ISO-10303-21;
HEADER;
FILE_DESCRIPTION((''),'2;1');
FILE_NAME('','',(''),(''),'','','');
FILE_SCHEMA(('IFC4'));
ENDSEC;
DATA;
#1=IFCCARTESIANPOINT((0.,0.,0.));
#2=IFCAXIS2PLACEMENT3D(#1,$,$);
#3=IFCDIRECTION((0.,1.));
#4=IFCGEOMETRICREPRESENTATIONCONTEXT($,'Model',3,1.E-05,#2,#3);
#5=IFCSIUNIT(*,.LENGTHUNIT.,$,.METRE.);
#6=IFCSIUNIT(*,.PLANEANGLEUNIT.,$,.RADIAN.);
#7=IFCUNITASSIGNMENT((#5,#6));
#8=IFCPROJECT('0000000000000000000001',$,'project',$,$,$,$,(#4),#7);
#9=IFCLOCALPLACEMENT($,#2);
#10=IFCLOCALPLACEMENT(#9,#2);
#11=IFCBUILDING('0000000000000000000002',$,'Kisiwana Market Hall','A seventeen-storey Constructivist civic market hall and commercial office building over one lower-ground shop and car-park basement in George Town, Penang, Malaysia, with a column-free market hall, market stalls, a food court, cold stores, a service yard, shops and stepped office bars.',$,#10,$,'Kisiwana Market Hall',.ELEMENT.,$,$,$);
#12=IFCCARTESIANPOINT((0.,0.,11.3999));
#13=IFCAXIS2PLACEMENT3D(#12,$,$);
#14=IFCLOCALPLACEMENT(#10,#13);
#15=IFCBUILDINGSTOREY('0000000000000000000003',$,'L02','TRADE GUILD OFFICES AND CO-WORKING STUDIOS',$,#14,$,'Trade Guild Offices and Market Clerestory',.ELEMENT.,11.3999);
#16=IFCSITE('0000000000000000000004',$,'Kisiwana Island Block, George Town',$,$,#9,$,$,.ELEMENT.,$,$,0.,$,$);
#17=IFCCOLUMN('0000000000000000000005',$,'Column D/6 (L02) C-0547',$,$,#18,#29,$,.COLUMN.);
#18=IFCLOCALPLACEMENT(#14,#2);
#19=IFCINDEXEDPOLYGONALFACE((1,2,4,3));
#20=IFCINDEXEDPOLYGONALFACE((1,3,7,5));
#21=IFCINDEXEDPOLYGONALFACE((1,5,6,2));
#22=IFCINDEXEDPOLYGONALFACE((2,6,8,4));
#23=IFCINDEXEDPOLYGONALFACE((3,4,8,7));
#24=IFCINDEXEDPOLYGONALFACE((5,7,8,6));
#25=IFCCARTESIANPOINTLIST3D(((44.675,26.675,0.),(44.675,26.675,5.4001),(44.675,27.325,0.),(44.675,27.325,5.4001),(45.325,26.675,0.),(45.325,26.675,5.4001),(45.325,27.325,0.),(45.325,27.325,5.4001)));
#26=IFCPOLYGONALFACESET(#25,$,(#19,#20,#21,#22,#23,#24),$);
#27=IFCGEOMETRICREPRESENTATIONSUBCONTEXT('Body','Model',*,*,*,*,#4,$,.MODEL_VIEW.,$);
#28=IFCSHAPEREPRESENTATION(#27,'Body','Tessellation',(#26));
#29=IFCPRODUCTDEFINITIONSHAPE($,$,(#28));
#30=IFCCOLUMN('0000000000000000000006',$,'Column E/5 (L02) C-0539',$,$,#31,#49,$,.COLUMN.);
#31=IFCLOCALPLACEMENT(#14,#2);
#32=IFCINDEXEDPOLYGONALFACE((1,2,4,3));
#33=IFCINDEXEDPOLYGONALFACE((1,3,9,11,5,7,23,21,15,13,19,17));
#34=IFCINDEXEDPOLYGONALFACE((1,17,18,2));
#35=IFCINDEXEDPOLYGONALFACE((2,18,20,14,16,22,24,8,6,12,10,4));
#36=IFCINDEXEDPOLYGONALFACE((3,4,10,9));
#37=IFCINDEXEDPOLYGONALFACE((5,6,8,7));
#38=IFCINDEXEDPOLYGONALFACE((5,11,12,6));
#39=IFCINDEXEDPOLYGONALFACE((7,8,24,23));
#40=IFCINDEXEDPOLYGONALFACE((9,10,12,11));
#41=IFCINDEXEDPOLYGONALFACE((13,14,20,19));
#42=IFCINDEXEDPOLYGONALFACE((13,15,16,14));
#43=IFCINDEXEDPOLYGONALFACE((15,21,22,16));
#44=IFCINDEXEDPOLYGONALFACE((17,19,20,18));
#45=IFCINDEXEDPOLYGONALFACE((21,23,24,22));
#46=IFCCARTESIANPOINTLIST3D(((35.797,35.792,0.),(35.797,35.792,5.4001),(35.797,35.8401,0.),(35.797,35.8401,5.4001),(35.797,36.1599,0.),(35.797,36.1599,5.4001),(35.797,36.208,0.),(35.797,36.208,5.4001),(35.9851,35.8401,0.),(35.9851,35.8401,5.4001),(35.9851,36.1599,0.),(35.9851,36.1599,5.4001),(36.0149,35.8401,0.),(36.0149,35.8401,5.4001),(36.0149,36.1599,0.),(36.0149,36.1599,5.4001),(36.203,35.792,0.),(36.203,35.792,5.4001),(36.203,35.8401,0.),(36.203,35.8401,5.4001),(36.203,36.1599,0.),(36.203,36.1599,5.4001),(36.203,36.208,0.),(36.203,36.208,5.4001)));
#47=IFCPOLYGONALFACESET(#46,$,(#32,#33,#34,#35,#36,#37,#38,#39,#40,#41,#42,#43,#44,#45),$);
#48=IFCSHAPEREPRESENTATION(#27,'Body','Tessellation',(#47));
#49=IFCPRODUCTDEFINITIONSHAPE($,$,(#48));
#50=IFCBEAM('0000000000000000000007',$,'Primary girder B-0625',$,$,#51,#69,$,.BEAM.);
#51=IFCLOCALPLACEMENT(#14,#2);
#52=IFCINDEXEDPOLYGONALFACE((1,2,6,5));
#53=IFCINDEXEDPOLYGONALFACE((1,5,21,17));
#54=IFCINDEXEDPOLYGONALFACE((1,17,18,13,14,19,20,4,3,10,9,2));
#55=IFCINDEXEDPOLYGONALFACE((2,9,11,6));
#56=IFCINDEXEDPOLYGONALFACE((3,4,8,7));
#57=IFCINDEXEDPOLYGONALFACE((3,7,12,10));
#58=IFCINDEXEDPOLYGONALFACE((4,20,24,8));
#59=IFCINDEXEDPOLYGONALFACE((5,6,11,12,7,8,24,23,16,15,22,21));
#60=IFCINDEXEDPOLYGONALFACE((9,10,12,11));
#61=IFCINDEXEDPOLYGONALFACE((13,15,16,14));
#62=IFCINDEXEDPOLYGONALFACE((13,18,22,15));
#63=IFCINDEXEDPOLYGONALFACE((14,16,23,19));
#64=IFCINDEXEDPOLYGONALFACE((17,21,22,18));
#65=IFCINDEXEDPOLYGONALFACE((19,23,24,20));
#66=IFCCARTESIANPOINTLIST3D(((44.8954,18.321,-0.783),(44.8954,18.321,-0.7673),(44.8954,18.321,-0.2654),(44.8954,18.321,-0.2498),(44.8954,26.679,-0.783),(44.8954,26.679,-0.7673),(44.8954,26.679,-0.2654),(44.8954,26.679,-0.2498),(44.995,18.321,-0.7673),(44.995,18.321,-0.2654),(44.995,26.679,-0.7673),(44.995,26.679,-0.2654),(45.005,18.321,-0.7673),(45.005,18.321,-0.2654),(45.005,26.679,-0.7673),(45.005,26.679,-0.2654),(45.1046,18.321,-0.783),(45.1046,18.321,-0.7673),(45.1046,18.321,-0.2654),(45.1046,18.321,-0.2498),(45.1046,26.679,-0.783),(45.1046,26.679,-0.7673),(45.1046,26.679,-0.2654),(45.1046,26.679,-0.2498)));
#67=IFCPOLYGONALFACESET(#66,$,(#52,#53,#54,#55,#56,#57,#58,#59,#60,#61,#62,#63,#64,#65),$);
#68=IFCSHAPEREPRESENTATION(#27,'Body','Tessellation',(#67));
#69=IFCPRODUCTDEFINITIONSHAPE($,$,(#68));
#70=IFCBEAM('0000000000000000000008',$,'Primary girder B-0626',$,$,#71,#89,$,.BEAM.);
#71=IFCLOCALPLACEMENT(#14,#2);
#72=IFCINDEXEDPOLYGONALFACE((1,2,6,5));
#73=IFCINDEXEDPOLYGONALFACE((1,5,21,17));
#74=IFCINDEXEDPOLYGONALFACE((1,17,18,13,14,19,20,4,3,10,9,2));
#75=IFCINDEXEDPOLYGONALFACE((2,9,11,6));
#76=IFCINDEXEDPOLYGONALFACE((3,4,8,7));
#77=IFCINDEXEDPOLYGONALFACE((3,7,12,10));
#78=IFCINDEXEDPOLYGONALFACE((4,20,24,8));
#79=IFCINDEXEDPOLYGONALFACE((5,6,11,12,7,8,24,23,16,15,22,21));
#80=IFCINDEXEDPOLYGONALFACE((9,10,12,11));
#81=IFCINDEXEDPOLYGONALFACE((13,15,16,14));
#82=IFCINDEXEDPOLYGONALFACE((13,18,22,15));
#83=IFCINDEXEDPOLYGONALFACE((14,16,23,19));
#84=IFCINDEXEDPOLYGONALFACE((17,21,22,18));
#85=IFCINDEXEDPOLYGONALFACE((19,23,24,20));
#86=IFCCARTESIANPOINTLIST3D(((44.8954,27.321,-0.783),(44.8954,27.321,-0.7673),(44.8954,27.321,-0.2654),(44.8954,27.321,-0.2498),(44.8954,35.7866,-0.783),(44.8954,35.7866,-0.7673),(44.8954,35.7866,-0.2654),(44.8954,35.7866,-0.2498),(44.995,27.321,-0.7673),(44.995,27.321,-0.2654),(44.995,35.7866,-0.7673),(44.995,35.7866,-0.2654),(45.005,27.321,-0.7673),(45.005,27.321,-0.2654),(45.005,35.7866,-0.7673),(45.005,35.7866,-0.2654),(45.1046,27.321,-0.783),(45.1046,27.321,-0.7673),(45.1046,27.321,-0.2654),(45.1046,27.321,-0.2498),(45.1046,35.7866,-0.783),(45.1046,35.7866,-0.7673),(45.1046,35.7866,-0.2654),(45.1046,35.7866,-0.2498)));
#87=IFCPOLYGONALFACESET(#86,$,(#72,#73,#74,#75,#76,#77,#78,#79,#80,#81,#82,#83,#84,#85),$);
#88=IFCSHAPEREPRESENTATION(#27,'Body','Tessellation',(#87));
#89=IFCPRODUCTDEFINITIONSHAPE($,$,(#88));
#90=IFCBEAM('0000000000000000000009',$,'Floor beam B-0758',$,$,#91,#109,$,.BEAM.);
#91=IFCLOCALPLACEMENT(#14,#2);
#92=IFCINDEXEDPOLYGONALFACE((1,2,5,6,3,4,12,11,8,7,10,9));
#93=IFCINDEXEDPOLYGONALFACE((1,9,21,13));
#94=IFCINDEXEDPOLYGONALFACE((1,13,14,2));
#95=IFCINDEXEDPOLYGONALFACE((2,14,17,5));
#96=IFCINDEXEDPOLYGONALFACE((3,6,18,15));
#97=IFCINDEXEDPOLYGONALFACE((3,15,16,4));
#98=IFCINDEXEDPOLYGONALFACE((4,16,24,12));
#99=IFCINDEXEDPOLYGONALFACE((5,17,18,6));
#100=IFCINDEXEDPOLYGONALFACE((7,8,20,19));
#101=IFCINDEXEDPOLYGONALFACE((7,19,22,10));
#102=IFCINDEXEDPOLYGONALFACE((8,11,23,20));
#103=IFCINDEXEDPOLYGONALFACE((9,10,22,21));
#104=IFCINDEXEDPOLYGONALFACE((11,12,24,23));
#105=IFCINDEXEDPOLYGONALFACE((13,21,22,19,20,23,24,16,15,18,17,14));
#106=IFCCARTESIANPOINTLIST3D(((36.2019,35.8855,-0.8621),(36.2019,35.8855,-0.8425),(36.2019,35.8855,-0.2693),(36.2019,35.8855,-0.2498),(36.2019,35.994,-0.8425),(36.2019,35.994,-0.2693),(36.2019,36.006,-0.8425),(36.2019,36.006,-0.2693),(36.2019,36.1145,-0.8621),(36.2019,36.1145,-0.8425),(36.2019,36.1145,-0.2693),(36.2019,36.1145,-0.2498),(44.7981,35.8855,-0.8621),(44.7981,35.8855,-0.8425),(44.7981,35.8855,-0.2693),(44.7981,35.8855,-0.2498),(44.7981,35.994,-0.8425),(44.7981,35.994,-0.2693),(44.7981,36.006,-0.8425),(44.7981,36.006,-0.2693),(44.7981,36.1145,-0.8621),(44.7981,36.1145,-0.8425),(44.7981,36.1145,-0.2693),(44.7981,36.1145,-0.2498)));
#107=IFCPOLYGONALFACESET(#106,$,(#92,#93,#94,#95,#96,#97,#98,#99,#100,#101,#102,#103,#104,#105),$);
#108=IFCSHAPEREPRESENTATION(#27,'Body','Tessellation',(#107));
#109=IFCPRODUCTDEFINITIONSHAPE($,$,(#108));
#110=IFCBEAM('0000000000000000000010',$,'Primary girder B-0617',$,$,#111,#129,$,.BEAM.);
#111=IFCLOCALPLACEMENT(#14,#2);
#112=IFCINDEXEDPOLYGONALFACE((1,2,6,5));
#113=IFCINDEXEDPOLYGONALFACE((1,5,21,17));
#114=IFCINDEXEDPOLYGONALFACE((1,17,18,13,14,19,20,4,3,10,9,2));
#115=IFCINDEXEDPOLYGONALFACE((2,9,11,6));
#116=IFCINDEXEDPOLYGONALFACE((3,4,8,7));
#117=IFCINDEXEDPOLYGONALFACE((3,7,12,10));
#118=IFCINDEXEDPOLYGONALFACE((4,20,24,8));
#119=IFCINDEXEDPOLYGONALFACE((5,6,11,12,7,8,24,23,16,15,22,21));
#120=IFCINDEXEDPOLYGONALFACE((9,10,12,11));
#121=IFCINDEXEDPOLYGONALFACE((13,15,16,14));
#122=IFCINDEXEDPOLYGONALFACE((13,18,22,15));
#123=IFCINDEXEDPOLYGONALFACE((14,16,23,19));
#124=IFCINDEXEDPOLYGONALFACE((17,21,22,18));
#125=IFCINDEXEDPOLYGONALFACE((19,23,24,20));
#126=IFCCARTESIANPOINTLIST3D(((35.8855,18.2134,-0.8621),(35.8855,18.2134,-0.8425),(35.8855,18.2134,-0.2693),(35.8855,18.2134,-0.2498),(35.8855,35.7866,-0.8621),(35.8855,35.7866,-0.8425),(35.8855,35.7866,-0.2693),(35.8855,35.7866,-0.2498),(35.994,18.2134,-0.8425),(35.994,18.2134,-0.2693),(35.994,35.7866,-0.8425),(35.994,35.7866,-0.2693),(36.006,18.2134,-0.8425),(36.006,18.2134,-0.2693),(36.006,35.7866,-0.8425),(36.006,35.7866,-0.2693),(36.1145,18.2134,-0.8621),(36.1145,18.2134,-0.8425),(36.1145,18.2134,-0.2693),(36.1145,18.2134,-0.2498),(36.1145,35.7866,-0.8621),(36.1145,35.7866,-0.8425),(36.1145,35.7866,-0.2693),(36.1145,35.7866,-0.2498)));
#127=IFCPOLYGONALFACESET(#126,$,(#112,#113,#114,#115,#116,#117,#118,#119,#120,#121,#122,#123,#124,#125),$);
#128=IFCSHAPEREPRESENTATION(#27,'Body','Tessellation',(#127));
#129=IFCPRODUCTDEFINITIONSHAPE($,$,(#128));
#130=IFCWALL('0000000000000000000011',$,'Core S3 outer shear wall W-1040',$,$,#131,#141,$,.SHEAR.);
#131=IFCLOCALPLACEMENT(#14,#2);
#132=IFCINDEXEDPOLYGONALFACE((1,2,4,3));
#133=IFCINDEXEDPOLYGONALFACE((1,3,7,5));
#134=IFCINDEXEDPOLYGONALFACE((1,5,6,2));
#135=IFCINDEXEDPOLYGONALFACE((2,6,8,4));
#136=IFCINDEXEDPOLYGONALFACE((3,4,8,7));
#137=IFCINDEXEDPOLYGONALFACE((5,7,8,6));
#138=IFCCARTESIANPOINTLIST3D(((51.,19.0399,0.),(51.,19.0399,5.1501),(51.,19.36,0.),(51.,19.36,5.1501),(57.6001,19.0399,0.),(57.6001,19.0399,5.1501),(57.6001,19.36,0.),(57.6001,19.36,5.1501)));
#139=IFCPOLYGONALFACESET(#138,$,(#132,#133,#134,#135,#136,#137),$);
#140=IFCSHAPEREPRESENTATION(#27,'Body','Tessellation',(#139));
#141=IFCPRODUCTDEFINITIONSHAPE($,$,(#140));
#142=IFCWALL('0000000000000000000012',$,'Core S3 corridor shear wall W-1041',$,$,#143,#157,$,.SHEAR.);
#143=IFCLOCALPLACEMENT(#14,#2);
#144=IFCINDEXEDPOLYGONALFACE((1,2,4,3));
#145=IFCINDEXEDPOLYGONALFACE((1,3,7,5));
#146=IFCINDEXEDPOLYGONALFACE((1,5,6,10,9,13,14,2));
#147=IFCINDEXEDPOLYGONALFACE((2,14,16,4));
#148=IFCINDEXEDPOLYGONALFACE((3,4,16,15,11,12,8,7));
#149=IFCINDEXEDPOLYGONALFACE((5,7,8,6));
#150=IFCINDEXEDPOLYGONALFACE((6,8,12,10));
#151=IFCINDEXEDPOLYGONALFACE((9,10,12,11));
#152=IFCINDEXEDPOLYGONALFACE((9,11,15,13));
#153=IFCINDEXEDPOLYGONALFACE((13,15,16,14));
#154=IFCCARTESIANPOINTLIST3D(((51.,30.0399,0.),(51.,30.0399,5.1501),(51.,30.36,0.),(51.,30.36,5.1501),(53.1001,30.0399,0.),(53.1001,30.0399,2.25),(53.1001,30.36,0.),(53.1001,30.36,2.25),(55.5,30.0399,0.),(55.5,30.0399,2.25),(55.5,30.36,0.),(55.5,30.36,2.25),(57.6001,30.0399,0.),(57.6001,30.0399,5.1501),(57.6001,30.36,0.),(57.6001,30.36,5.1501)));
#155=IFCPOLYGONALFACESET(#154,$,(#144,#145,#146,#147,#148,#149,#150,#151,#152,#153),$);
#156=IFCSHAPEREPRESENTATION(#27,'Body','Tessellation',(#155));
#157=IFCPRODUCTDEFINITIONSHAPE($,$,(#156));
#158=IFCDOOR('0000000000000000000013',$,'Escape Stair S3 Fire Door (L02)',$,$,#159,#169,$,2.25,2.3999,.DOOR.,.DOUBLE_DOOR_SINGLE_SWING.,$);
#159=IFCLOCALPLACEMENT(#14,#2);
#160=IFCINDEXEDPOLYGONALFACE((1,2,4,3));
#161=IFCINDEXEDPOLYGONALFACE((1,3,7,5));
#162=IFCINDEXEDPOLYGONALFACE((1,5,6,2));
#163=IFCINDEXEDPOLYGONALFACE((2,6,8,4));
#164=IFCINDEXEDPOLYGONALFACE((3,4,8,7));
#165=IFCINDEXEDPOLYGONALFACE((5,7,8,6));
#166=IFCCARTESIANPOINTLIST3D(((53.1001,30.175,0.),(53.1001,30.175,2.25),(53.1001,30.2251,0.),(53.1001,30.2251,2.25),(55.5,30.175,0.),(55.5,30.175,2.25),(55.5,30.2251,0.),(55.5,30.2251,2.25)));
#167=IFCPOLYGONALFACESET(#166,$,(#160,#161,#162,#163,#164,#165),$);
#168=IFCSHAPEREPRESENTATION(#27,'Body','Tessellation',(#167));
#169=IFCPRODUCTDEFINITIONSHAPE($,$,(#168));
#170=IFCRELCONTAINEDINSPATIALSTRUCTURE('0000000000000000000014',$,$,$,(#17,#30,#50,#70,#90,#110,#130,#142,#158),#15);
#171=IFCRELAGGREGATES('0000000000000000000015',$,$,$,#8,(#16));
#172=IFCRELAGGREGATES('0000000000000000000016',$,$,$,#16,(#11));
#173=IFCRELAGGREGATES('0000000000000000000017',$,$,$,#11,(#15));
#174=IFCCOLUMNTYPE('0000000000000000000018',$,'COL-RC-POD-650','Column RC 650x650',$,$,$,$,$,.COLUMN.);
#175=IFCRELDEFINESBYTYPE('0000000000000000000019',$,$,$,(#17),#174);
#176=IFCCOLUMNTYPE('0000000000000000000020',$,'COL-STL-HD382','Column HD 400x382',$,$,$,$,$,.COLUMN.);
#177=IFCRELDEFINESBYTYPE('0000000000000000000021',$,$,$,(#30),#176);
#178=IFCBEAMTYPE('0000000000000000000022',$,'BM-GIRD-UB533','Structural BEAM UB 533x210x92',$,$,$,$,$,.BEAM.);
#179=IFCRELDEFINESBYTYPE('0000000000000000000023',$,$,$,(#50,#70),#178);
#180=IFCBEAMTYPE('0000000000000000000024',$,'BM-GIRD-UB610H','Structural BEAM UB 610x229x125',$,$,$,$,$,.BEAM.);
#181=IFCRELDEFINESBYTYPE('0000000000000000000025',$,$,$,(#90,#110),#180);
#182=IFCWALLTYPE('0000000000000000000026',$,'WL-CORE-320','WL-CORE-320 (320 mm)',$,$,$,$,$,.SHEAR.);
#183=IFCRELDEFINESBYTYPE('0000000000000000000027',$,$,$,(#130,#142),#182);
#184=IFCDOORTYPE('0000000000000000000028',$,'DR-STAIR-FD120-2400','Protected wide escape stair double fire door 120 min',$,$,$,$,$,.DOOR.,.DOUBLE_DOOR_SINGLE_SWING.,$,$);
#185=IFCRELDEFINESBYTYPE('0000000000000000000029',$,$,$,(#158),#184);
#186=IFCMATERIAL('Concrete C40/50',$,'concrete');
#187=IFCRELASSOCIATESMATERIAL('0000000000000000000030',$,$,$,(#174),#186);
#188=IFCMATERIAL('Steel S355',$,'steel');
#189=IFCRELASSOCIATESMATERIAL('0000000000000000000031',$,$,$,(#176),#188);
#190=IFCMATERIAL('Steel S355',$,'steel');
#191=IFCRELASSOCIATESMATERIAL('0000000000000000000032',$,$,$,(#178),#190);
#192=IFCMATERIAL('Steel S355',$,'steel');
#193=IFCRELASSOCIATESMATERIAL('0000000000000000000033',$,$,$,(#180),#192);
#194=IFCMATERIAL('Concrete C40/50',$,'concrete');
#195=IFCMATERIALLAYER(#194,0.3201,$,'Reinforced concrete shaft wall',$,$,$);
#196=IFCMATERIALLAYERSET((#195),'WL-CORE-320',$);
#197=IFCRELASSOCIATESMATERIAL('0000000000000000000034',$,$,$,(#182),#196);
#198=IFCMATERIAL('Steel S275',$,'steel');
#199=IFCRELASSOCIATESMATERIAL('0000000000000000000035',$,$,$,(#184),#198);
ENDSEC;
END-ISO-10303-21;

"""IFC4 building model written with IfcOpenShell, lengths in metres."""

from ifc_helpers import new_model, si_unit, direction, frame, frame_2d, origin, origin_2d, place, context, subcontext, project, spatial, rectangle, i_section, extrude, material, layer, layer_set, material_profile, profile_set, type_object, element, fill, save


model = new_model("IFC4")

# Units and contexts
model_context = context("Model", 3, precision=1e-05, world=origin(), true_north=direction((0.0, 1.0)))
body_context = subcontext(model_context, "Body", "Model", "MODEL_VIEW")
ifc_project = project(units=[si_unit("LENGTHUNIT", "METRE"), si_unit("PLANEANGLEUNIT", "RADIAN")], contexts=[model_context])

# Site, building, storey
site_placement = place(None, origin())
site = spatial("IfcSite", under=ifc_project, at=site_placement, Name="Kisiwana Island Block, George Town", CompositionType="ELEMENT", RefElevation=0.0)
building_placement = place(site_placement, origin())
building = spatial("IfcBuilding", under=site, at=building_placement, Name="Kisiwana Market Hall", Description="A seventeen-storey Constructivist civic market hall and commercial office building over one lower-ground shop and car-park basement in George Town, Penang, Malaysia, with a column-free market hall, market stalls, a food court, cold stores, a service yard, shops and stepped office bars.", LongName="Kisiwana Market Hall", CompositionType="ELEMENT")
storey_placement = place(building_placement, frame((0.0, 0.0, 11.3999)))
storey = spatial("IfcBuildingStorey", under=building, at=storey_placement, Name="L02", Description="TRADE GUILD OFFICES AND CO-WORKING STUDIOS", LongName="Trade Guild Offices and Market Clerestory", CompositionType="ELEMENT", Elevation=11.3999)

# Columns
ifc_material_1 = material(Name="Concrete C40/50", Category="concrete")
ifc_material_profile_1 = material_profile(ifc_material_1, rectangle(XDim=0.6499, YDim=0.6499, at=origin_2d()), Name="RC 650x650")
ifc_profile_set_1 = profile_set([ifc_material_profile_1], Name="Concrete C40/50")
column_type_1 = type_object("IfcColumnType", Name="COL-RC-POD-650", Description="Column RC 650x650", PredefinedType="COLUMN", material=ifc_profile_set_1)
column_1_placement = place(storey_placement, frame((45.0, 27.0, 0.0), z_axis=(0.0, 0.0, 1.0), x_axis=(1.0, 0.0, 0.0)))
element("IfcColumn", 1, at=column_1_placement, inside=storey, type_object=column_type_1, Name="Column D/6 (L02) C-0547", PredefinedType="COLUMN", context=body_context, shape_type="SweptSolid", body=[
    extrude(rectangle(XDim=0.6499, YDim=0.6499, at=origin_2d()), origin(), (0.0, 0.0, 1.0), 5.4001),
])
ifc_material_2 = material(Name="Steel S355", Category="steel")
ifc_material_profile_2 = material_profile(ifc_material_2, i_section(OverallWidth=0.406, OverallDepth=0.416, WebThickness=0.0298, FlangeThickness=0.0481, at=origin_2d()), Name="HD 400x382")
ifc_profile_set_2 = profile_set([ifc_material_profile_2], Name="Steel S355")
column_type_2 = type_object("IfcColumnType", Name="COL-STL-HD382", Description="Column HD 400x382", PredefinedType="COLUMN", material=ifc_profile_set_2)
column_2_placement = place(storey_placement, frame((36.0, 36.0, 0.0), z_axis=(0.0, 0.0, 1.0), x_axis=(1.0, 0.0, 0.0)))
element("IfcColumn", 2, at=column_2_placement, inside=storey, type_object=column_type_2, Name="Column E/5 (L02) C-0539", PredefinedType="COLUMN", context=body_context, shape_type="SweptSolid", body=[
    extrude(i_section(OverallWidth=0.406, OverallDepth=0.416, WebThickness=0.0298, FlangeThickness=0.0481, at=origin_2d()), origin(), (0.0, 0.0, 1.0), 5.4001),
])

# Beams
ifc_material_3 = material(Name="Steel S355", Category="steel")
ifc_material_profile_3 = material_profile(ifc_material_3, i_section(OverallWidth=0.2092, OverallDepth=0.5332, WebThickness=0.01, FlangeThickness=0.0156, at=origin_2d()), Name="UB 533x210x92")
ifc_profile_set_3 = profile_set([ifc_material_profile_3], Name="Steel S355")
beam_type_1 = type_object("IfcBeamType", Name="BM-GIRD-UB533", Description="Structural BEAM UB 533x210x92", PredefinedType="BEAM", material=ifc_profile_set_3)
beam_1_placement = place(storey_placement, frame((45.0, 18.321, -0.5164), z_axis=(0.0, 1.0, 0.0), x_axis=(-1.0, 0.0, 0.0)))
element("IfcBeam", 3, at=beam_1_placement, inside=storey, type_object=beam_type_1, Name="Primary girder B-0625", PredefinedType="BEAM", context=body_context, shape_type="SweptSolid", body=[
    extrude(i_section(OverallWidth=0.2092, OverallDepth=0.5332, WebThickness=0.01, FlangeThickness=0.0156, at=origin_2d()), origin(), (0.0, 0.0, 1.0), 8.3579),
])
beam_2_placement = place(storey_placement, frame((45.0, 27.321, -0.5164), z_axis=(0.0, 1.0, 0.0), x_axis=(-1.0, 0.0, 0.0)))
element("IfcBeam", 4, at=beam_2_placement, inside=storey, type_object=beam_type_1, Name="Primary girder B-0626", PredefinedType="BEAM", context=body_context, shape_type="SweptSolid", body=[
    extrude(i_section(OverallWidth=0.2092, OverallDepth=0.5332, WebThickness=0.01, FlangeThickness=0.0156, at=origin_2d()), origin(), (0.0, 0.0, 1.0), 8.4656),
])
ifc_material_4 = material(Name="Steel S355", Category="steel")
ifc_material_profile_4 = material_profile(ifc_material_4, i_section(OverallWidth=0.229, OverallDepth=0.6123, WebThickness=0.012, FlangeThickness=0.0195, at=origin_2d()), Name="UB 610x229x125")
ifc_profile_set_4 = profile_set([ifc_material_profile_4], Name="Steel S355")
beam_type_2 = type_object("IfcBeamType", Name="BM-GIRD-UB610H", Description="Structural BEAM UB 610x229x125", PredefinedType="BEAM", material=ifc_profile_set_4)
beam_3_placement = place(storey_placement, frame((36.2019, 36.0, -0.5559), z_axis=(1.0, 0.0, 0.0), x_axis=(0.0, 1.0, 0.0)))
element("IfcBeam", 5, at=beam_3_placement, inside=storey, type_object=beam_type_2, Name="Floor beam B-0758", PredefinedType="BEAM", context=body_context, shape_type="SweptSolid", body=[
    extrude(i_section(OverallWidth=0.229, OverallDepth=0.6123, WebThickness=0.012, FlangeThickness=0.0195, at=origin_2d()), origin(), (0.0, 0.0, 1.0), 8.5962),
])
beam_4_placement = place(storey_placement, frame((36.0, 18.2134, -0.5559), z_axis=(0.0, 1.0, 0.0), x_axis=(-1.0, 0.0, 0.0)))
element("IfcBeam", 6, at=beam_4_placement, inside=storey, type_object=beam_type_2, Name="Primary girder B-0617", PredefinedType="BEAM", context=body_context, shape_type="SweptSolid", body=[
    extrude(i_section(OverallWidth=0.229, OverallDepth=0.6123, WebThickness=0.012, FlangeThickness=0.0195, at=origin_2d()), origin(), (0.0, 0.0, 1.0), 17.5732),
])

# Wall
ifc_material_5 = material(Name="Concrete C40/50", Category="concrete")
ifc_layer_1 = layer(ifc_material_5, 0.3201, Name="Reinforced concrete shaft wall")
ifc_layer_set_1 = layer_set([ifc_layer_1], Name="WL-CORE-320")
wall_type_1 = type_object("IfcWallType", Name="WL-CORE-320", Description="WL-CORE-320 (320 mm)", PredefinedType="SHEAR", material=ifc_layer_set_1)
wall_1_placement = place(storey_placement, frame((51.0, 19.2, 0.0), z_axis=(0.0, 0.0, 1.0), x_axis=(1.0, 0.0, 0.0)))
element("IfcWall", 7, at=wall_1_placement, inside=storey, type_object=wall_type_1, Name="Core S3 outer shear wall W-1040", PredefinedType="SHEAR", context=body_context, shape_type="SweptSolid", body=[
    extrude(rectangle(XDim=6.6001, YDim=0.3201, at=frame_2d((3.3, 0.0))), origin(), (0.0, 0.0, 1.0), 5.1501),
])

# Wall, opening, door
wall_2_placement = place(storey_placement, frame((51.0, 30.2, 0.0), z_axis=(0.0, 0.0, 1.0), x_axis=(1.0, 0.0, 0.0)))
wall_2 = element("IfcWall", 8, at=wall_2_placement, inside=storey, type_object=wall_type_1, Name="Core S3 corridor shear wall W-1041", PredefinedType="SHEAR", context=body_context, shape_type="SweptSolid", body=[
    extrude(rectangle(XDim=6.6001, YDim=0.3201, at=frame_2d((3.3, 0.0))), origin(), (0.0, 0.0, 1.0), 5.1501),
])
opening_1_placement = place(wall_2_placement, frame((2.1001, 0.0, 0.0)))
opening_1 = element("IfcOpeningElement", 9, at=opening_1_placement, cuts=wall_2, PredefinedType="OPENING", context=body_context, shape_type="SweptSolid", body=[
    extrude(rectangle(XDim=2.3999, YDim=2.25, at=frame_2d((1.2, 1.125))), frame((0.0, 0.1719, 0.0), z_axis=(0.0, -1.0, 0.0), x_axis=(1.0, 0.0, 0.0)), (0.0, 0.0, 1.0), 0.344),
])
ifc_material_6 = material(Name="Steel S275", Category="steel")
door_type_1 = type_object("IfcDoorType", Name="DR-STAIR-FD120-2400", Description="Protected wide escape stair double fire door 120 min", OperationType="DOUBLE_DOOR_SINGLE_SWING", PredefinedType="DOOR", material=ifc_material_6)
door_1_placement = place(opening_1_placement, frame((2.3999, 0.0, 0.0), z_axis=(0.0, 0.0, 1.0), x_axis=(-1.0, 0.0, 0.0)))
door_1 = element("IfcDoor", 10, at=door_1_placement, inside=storey, type_object=door_type_1, Name="Escape Stair S3 Fire Door (L02)", OperationType="DOUBLE_DOOR_SINGLE_SWING", OverallHeight=2.25, OverallWidth=2.3999, PredefinedType="DOOR", context=body_context, shape_type="SweptSolid", body=[
    extrude(rectangle(XDim=2.3999, YDim=2.25, at=frame_2d((1.2, 1.125))), frame((0.0, 0.0249, 0.0), z_axis=(0.0, -1.0, 0.0), x_axis=(1.0, 0.0, 0.0)), (0.0, 0.0, 1.0), 0.05),
])
fill(opening_1, door_1)

save(model, "model.ifc")
